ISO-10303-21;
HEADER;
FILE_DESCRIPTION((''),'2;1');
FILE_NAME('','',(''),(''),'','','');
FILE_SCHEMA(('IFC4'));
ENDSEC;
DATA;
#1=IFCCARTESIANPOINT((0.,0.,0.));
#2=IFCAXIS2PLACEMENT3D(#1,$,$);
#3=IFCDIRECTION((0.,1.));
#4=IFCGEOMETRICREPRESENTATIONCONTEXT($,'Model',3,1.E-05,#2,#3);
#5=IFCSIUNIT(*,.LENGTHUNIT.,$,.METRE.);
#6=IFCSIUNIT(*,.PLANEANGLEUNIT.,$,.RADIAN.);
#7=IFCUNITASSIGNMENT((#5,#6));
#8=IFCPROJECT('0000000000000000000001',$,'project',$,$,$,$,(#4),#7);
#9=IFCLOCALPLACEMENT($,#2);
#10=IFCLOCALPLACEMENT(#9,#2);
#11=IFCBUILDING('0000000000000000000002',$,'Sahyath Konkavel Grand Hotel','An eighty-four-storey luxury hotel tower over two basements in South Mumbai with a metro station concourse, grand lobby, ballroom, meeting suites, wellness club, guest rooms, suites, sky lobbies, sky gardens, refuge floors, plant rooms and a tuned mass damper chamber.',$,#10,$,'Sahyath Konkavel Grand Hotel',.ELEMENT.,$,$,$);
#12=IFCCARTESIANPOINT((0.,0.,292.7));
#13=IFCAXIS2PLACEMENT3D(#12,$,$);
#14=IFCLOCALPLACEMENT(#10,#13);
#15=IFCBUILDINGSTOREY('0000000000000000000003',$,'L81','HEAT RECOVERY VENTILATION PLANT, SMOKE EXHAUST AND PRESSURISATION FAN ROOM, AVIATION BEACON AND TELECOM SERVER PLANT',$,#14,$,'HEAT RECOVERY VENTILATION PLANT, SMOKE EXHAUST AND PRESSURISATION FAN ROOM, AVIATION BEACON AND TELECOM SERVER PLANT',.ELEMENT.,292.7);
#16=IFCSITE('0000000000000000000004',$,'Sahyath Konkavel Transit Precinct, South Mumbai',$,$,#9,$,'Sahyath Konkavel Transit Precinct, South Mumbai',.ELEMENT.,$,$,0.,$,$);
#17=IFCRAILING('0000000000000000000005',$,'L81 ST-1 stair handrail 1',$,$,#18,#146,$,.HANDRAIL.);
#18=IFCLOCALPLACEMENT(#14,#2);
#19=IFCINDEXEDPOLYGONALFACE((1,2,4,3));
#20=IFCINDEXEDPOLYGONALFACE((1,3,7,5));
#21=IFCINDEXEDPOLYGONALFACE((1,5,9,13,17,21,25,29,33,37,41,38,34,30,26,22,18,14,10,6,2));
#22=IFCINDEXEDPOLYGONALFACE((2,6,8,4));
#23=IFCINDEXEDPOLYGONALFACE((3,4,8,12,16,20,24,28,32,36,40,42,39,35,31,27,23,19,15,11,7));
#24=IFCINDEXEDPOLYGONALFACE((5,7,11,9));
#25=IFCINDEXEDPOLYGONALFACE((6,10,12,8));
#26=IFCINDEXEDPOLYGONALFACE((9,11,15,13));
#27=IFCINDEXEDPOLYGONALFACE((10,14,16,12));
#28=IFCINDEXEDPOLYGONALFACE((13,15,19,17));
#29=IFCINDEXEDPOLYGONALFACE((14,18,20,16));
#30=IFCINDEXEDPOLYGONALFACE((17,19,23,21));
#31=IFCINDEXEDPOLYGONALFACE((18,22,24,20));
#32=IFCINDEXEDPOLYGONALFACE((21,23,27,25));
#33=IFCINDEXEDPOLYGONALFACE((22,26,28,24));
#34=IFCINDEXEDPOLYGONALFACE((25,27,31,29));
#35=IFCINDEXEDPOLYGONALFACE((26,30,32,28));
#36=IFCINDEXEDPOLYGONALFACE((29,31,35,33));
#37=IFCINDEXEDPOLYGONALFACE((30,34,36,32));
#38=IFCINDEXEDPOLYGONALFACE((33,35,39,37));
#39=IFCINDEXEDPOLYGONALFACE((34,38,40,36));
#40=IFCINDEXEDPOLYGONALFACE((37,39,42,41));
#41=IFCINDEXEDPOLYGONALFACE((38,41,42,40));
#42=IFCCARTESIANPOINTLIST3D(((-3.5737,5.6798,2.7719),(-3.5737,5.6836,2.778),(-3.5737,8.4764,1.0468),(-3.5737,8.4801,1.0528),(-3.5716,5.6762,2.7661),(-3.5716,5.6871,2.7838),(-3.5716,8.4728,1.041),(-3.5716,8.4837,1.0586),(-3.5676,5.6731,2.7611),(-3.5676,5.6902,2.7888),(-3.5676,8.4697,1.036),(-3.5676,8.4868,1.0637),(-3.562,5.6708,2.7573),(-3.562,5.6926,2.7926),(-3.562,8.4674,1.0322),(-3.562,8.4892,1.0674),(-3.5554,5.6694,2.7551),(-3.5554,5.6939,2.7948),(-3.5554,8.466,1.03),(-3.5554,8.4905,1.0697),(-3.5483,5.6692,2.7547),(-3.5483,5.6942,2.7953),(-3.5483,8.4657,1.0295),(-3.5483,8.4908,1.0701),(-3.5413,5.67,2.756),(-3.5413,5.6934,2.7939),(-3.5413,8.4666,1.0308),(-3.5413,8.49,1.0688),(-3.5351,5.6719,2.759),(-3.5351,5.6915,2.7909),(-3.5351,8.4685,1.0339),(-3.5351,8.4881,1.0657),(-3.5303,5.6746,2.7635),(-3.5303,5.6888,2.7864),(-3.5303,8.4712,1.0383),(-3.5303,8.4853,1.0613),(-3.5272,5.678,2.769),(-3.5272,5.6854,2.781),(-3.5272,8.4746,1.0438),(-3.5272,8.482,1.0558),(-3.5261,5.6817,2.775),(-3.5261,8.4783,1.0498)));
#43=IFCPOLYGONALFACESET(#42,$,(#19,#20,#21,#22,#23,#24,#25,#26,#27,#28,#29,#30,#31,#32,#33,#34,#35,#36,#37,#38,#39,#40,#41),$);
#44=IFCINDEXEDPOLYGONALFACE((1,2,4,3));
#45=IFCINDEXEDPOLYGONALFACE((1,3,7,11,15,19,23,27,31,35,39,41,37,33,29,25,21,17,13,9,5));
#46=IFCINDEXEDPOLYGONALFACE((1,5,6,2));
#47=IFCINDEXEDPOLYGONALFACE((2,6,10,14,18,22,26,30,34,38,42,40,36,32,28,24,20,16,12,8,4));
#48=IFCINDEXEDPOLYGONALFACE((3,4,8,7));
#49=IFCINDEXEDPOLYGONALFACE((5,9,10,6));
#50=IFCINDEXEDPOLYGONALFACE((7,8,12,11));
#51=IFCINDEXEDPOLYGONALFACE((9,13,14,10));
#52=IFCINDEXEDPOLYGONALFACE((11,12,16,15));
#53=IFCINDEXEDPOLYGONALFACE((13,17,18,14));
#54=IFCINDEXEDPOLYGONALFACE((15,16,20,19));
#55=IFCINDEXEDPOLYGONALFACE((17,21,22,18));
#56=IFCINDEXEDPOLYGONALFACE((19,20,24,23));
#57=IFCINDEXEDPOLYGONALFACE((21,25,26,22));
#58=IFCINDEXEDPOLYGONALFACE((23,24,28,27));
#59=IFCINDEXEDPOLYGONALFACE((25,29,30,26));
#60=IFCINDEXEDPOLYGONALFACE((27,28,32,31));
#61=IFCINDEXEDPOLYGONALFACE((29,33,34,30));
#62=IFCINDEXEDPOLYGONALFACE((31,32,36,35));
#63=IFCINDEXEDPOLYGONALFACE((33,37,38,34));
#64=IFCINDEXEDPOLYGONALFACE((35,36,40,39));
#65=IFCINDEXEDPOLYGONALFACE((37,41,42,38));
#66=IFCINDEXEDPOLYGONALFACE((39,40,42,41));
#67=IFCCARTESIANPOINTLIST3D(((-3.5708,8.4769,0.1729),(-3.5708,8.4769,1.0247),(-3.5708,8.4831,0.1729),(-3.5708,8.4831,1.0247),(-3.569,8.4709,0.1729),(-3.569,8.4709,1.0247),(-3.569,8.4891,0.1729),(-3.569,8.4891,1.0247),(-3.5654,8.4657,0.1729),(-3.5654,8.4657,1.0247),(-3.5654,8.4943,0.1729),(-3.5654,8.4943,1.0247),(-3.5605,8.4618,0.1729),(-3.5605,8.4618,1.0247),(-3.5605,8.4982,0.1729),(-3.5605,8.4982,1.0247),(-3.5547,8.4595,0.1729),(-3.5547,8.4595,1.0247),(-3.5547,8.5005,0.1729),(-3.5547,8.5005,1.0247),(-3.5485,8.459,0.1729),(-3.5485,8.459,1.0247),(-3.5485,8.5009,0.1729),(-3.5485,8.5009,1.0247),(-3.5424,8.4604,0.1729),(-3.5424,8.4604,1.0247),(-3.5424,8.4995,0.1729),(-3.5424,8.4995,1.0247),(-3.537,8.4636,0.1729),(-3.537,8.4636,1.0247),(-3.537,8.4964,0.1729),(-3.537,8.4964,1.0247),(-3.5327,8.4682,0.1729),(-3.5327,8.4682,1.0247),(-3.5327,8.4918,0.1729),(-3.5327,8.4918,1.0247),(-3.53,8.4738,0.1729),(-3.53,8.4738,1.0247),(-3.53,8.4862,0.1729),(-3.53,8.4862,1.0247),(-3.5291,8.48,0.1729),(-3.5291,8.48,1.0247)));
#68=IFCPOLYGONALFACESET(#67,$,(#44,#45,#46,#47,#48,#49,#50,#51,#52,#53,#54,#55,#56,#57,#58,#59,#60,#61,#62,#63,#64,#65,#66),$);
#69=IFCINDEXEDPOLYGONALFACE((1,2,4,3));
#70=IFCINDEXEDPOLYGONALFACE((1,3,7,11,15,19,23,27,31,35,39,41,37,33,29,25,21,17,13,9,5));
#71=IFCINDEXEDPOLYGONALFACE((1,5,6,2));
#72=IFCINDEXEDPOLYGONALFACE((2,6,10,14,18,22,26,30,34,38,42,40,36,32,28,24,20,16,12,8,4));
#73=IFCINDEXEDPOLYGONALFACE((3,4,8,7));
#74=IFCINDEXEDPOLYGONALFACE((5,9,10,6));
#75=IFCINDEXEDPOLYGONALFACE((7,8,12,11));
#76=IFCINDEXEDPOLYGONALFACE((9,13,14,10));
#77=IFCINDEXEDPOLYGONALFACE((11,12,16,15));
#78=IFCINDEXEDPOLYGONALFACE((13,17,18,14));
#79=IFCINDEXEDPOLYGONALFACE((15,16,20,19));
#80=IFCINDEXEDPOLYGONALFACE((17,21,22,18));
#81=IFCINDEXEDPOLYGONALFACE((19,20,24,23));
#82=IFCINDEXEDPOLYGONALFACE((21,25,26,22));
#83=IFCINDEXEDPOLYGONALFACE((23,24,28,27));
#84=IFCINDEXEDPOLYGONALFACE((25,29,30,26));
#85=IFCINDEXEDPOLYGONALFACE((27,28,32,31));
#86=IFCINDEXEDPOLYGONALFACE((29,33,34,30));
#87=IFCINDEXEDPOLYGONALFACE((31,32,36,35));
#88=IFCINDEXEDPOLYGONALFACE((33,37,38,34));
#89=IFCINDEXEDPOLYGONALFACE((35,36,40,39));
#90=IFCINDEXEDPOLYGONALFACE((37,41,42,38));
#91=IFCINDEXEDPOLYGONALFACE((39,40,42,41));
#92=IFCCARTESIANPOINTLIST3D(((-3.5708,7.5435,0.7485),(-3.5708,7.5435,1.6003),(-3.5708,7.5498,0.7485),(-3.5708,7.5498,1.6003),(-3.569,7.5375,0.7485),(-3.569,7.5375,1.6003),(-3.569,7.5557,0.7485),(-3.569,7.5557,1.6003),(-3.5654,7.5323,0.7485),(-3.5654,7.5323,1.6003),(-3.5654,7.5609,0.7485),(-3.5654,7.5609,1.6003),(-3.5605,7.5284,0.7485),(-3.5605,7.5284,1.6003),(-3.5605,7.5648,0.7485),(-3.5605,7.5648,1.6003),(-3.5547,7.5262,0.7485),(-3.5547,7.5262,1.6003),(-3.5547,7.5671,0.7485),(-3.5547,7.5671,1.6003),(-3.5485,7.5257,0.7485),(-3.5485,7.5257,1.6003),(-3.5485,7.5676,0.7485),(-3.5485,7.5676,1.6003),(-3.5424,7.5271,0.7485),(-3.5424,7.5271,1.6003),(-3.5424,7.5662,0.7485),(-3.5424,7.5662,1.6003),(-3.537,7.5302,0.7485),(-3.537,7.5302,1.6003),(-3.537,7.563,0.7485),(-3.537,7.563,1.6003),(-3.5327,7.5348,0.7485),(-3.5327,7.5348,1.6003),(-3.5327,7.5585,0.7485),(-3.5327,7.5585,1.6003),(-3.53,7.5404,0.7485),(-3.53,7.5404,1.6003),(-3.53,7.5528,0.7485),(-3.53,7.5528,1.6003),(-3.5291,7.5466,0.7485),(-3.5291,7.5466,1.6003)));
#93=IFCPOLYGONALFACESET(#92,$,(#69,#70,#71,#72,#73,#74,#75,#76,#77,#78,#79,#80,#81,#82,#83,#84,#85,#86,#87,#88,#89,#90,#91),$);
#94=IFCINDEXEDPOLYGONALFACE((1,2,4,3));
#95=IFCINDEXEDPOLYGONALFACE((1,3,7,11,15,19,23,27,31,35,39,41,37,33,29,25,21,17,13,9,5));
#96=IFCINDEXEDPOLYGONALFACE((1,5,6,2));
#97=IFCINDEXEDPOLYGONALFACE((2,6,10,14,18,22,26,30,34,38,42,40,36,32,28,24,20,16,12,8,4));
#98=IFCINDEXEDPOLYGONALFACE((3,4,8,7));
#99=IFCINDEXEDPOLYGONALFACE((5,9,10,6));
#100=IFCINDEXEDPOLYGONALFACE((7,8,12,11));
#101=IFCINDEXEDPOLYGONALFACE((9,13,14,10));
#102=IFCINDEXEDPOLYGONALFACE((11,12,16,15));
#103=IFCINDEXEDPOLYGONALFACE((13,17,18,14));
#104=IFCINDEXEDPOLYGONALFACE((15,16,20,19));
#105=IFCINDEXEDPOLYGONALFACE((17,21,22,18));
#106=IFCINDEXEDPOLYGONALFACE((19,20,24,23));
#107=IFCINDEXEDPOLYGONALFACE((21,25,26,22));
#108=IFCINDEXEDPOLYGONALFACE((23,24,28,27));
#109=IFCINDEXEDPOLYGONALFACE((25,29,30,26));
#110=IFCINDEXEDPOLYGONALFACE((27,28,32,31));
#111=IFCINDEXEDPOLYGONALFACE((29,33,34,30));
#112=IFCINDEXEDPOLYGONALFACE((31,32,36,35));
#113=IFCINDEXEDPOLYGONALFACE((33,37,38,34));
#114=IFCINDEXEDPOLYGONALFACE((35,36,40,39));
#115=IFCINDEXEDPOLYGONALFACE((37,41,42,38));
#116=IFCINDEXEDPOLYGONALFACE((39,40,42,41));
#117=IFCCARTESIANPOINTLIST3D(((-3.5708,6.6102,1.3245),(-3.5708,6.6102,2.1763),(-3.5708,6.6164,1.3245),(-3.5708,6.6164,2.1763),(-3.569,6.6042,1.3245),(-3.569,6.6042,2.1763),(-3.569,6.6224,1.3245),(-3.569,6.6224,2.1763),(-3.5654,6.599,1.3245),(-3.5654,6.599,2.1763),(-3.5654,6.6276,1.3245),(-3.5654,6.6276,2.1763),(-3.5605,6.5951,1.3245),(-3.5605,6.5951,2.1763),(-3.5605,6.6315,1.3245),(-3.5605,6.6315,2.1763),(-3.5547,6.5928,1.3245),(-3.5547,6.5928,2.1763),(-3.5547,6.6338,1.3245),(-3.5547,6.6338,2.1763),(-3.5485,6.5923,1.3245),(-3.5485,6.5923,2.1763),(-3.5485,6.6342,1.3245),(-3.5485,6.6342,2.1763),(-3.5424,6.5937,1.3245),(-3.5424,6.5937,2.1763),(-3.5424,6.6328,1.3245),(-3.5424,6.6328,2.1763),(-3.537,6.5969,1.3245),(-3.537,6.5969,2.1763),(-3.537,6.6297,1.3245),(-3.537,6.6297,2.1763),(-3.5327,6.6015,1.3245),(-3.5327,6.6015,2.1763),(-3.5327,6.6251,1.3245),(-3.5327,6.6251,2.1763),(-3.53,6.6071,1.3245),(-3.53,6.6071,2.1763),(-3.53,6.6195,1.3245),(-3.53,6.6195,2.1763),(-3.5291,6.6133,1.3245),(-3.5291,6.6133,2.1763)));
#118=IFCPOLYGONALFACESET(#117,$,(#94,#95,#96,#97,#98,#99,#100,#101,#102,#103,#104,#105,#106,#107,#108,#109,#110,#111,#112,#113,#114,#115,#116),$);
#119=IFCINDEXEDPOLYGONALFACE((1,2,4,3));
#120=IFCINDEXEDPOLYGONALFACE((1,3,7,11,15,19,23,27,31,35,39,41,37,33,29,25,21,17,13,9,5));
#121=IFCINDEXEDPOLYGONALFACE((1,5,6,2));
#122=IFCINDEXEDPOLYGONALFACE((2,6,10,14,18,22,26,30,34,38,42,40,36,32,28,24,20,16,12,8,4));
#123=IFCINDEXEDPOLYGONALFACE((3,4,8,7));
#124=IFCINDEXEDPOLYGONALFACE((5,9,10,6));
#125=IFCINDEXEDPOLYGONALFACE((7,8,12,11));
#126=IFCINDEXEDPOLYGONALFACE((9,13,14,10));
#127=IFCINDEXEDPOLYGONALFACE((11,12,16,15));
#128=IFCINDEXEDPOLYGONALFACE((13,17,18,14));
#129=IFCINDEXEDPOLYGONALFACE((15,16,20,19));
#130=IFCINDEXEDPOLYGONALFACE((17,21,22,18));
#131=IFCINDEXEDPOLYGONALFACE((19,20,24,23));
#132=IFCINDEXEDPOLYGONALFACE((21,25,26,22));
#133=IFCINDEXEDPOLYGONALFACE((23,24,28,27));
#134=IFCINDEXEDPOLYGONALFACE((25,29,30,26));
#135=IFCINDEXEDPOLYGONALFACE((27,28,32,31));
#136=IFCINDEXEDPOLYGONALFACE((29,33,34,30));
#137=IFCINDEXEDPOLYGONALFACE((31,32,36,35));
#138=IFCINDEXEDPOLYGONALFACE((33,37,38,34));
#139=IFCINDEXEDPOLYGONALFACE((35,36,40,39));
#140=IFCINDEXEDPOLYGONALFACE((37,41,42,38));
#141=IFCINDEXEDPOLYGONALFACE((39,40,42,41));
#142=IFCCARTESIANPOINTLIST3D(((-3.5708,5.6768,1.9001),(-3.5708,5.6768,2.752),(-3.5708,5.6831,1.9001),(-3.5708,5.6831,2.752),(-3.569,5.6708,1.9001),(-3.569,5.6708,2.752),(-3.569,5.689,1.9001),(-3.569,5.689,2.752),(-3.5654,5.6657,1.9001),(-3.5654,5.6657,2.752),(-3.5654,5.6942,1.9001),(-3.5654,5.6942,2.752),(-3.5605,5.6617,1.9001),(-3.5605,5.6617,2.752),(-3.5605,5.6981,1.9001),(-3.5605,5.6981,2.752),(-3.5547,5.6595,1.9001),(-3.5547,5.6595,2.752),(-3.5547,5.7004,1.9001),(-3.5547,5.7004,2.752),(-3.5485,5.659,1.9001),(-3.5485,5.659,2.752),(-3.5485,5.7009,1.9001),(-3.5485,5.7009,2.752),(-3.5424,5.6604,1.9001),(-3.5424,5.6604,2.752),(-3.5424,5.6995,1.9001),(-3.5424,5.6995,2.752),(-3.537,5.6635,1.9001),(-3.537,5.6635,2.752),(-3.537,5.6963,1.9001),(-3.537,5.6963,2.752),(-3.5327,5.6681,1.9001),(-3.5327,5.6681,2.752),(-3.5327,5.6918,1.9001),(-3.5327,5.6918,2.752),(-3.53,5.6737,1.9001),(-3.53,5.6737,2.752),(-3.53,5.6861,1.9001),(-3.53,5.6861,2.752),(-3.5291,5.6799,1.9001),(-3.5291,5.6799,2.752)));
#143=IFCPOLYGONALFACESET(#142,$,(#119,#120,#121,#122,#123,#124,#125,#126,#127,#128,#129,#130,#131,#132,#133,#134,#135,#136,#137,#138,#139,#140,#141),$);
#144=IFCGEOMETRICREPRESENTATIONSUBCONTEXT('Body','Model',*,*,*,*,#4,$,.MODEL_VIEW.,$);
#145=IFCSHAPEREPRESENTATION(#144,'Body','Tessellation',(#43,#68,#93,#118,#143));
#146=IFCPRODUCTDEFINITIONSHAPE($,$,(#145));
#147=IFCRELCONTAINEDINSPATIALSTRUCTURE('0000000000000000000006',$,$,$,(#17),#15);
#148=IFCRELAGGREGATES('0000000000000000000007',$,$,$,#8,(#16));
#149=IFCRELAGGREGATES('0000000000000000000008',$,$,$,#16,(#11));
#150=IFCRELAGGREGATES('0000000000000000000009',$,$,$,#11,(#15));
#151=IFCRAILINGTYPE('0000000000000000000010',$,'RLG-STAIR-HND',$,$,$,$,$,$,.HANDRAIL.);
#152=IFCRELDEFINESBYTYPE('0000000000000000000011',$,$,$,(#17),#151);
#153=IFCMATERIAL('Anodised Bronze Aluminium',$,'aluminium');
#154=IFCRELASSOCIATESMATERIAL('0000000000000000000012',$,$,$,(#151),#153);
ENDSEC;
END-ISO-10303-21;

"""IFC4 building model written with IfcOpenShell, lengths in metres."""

from ifc_helpers import new_model, si_unit, direction, frame, origin, origin_2d, place, context, subcontext, project, spatial, circle, extrude, material, type_object, element, save


model = new_model("IFC4")

# Units and contexts
model_context = context("Model", 3, precision=1e-05, world=origin(), true_north=direction((0.0, 1.0)))
body_context = subcontext(model_context, "Body", "Model", "MODEL_VIEW")
ifc_project = project(units=[si_unit("LENGTHUNIT", "METRE"), si_unit("PLANEANGLEUNIT", "RADIAN")], contexts=[model_context])

# Site, building, storey
site_placement = place(None, origin())
site = spatial("IfcSite", under=ifc_project, at=site_placement, Name="Sahyath Konkavel Transit Precinct, South Mumbai", LongName="Sahyath Konkavel Transit Precinct, South Mumbai", CompositionType="ELEMENT", RefElevation=0.0)
building_placement = place(site_placement, origin())
building = spatial("IfcBuilding", under=site, at=building_placement, Name="Sahyath Konkavel Grand Hotel", Description="An eighty-four-storey luxury hotel tower over two basements in South Mumbai with a metro station concourse, grand lobby, ballroom, meeting suites, wellness club, guest rooms, suites, sky lobbies, sky gardens, refuge floors, plant rooms and a tuned mass damper chamber.", LongName="Sahyath Konkavel Grand Hotel", CompositionType="ELEMENT")
storey_placement = place(building_placement, frame((0.0, 0.0, 292.7)))
storey = spatial("IfcBuildingStorey", under=building, at=storey_placement, Name="L81", Description="HEAT RECOVERY VENTILATION PLANT, SMOKE EXHAUST AND PRESSURISATION FAN ROOM, AVIATION BEACON AND TELECOM SERVER PLANT", LongName="HEAT RECOVERY VENTILATION PLANT, SMOKE EXHAUST AND PRESSURISATION FAN ROOM, AVIATION BEACON AND TELECOM SERVER PLANT", CompositionType="ELEMENT", Elevation=292.7)

# Railing
ifc_material_1 = material(Name="Anodised Bronze Aluminium", Category="aluminium")
railing_type_1 = type_object("IfcRailingType", Name="RLG-STAIR-HND", PredefinedType="HANDRAIL", material=ifc_material_1)
railing_1_placement = place(storey_placement, frame((-3.55, 8.48, 0.1729)))
element("IfcRailing", 1, at=railing_1_placement, inside=storey, type_object=railing_type_1, Name="L81 ST-1 stair handrail 1", PredefinedType="HANDRAIL", context=body_context, shape_type="SweptSolid", body=[
    extrude(circle(Radius=0.0239, at=origin_2d()), frame((0.0, -0.0017, 0.877), z_axis=(0.0, -0.85109, 0.52502), x_axis=(1.0, 0.0, 0.0)), (0.0, 0.0, 1.0), 3.2859),
    extrude(circle(Radius=0.021, at=origin_2d()), origin(), (0.0, 0.0, 1.0), 0.8518),
    extrude(circle(Radius=0.021, at=origin_2d()), frame((0.0, -0.9333, 0.5757)), (0.0, 0.0, 1.0), 0.8518),
    extrude(circle(Radius=0.021, at=origin_2d()), frame((0.0, -1.8667, 1.1516)), (0.0, 0.0, 1.0), 0.8518),
    extrude(circle(Radius=0.021, at=origin_2d()), frame((0.0, -2.8, 1.7273)), (0.0, 0.0, 1.0), 0.8518),
])

save(model, "model.ifc")
